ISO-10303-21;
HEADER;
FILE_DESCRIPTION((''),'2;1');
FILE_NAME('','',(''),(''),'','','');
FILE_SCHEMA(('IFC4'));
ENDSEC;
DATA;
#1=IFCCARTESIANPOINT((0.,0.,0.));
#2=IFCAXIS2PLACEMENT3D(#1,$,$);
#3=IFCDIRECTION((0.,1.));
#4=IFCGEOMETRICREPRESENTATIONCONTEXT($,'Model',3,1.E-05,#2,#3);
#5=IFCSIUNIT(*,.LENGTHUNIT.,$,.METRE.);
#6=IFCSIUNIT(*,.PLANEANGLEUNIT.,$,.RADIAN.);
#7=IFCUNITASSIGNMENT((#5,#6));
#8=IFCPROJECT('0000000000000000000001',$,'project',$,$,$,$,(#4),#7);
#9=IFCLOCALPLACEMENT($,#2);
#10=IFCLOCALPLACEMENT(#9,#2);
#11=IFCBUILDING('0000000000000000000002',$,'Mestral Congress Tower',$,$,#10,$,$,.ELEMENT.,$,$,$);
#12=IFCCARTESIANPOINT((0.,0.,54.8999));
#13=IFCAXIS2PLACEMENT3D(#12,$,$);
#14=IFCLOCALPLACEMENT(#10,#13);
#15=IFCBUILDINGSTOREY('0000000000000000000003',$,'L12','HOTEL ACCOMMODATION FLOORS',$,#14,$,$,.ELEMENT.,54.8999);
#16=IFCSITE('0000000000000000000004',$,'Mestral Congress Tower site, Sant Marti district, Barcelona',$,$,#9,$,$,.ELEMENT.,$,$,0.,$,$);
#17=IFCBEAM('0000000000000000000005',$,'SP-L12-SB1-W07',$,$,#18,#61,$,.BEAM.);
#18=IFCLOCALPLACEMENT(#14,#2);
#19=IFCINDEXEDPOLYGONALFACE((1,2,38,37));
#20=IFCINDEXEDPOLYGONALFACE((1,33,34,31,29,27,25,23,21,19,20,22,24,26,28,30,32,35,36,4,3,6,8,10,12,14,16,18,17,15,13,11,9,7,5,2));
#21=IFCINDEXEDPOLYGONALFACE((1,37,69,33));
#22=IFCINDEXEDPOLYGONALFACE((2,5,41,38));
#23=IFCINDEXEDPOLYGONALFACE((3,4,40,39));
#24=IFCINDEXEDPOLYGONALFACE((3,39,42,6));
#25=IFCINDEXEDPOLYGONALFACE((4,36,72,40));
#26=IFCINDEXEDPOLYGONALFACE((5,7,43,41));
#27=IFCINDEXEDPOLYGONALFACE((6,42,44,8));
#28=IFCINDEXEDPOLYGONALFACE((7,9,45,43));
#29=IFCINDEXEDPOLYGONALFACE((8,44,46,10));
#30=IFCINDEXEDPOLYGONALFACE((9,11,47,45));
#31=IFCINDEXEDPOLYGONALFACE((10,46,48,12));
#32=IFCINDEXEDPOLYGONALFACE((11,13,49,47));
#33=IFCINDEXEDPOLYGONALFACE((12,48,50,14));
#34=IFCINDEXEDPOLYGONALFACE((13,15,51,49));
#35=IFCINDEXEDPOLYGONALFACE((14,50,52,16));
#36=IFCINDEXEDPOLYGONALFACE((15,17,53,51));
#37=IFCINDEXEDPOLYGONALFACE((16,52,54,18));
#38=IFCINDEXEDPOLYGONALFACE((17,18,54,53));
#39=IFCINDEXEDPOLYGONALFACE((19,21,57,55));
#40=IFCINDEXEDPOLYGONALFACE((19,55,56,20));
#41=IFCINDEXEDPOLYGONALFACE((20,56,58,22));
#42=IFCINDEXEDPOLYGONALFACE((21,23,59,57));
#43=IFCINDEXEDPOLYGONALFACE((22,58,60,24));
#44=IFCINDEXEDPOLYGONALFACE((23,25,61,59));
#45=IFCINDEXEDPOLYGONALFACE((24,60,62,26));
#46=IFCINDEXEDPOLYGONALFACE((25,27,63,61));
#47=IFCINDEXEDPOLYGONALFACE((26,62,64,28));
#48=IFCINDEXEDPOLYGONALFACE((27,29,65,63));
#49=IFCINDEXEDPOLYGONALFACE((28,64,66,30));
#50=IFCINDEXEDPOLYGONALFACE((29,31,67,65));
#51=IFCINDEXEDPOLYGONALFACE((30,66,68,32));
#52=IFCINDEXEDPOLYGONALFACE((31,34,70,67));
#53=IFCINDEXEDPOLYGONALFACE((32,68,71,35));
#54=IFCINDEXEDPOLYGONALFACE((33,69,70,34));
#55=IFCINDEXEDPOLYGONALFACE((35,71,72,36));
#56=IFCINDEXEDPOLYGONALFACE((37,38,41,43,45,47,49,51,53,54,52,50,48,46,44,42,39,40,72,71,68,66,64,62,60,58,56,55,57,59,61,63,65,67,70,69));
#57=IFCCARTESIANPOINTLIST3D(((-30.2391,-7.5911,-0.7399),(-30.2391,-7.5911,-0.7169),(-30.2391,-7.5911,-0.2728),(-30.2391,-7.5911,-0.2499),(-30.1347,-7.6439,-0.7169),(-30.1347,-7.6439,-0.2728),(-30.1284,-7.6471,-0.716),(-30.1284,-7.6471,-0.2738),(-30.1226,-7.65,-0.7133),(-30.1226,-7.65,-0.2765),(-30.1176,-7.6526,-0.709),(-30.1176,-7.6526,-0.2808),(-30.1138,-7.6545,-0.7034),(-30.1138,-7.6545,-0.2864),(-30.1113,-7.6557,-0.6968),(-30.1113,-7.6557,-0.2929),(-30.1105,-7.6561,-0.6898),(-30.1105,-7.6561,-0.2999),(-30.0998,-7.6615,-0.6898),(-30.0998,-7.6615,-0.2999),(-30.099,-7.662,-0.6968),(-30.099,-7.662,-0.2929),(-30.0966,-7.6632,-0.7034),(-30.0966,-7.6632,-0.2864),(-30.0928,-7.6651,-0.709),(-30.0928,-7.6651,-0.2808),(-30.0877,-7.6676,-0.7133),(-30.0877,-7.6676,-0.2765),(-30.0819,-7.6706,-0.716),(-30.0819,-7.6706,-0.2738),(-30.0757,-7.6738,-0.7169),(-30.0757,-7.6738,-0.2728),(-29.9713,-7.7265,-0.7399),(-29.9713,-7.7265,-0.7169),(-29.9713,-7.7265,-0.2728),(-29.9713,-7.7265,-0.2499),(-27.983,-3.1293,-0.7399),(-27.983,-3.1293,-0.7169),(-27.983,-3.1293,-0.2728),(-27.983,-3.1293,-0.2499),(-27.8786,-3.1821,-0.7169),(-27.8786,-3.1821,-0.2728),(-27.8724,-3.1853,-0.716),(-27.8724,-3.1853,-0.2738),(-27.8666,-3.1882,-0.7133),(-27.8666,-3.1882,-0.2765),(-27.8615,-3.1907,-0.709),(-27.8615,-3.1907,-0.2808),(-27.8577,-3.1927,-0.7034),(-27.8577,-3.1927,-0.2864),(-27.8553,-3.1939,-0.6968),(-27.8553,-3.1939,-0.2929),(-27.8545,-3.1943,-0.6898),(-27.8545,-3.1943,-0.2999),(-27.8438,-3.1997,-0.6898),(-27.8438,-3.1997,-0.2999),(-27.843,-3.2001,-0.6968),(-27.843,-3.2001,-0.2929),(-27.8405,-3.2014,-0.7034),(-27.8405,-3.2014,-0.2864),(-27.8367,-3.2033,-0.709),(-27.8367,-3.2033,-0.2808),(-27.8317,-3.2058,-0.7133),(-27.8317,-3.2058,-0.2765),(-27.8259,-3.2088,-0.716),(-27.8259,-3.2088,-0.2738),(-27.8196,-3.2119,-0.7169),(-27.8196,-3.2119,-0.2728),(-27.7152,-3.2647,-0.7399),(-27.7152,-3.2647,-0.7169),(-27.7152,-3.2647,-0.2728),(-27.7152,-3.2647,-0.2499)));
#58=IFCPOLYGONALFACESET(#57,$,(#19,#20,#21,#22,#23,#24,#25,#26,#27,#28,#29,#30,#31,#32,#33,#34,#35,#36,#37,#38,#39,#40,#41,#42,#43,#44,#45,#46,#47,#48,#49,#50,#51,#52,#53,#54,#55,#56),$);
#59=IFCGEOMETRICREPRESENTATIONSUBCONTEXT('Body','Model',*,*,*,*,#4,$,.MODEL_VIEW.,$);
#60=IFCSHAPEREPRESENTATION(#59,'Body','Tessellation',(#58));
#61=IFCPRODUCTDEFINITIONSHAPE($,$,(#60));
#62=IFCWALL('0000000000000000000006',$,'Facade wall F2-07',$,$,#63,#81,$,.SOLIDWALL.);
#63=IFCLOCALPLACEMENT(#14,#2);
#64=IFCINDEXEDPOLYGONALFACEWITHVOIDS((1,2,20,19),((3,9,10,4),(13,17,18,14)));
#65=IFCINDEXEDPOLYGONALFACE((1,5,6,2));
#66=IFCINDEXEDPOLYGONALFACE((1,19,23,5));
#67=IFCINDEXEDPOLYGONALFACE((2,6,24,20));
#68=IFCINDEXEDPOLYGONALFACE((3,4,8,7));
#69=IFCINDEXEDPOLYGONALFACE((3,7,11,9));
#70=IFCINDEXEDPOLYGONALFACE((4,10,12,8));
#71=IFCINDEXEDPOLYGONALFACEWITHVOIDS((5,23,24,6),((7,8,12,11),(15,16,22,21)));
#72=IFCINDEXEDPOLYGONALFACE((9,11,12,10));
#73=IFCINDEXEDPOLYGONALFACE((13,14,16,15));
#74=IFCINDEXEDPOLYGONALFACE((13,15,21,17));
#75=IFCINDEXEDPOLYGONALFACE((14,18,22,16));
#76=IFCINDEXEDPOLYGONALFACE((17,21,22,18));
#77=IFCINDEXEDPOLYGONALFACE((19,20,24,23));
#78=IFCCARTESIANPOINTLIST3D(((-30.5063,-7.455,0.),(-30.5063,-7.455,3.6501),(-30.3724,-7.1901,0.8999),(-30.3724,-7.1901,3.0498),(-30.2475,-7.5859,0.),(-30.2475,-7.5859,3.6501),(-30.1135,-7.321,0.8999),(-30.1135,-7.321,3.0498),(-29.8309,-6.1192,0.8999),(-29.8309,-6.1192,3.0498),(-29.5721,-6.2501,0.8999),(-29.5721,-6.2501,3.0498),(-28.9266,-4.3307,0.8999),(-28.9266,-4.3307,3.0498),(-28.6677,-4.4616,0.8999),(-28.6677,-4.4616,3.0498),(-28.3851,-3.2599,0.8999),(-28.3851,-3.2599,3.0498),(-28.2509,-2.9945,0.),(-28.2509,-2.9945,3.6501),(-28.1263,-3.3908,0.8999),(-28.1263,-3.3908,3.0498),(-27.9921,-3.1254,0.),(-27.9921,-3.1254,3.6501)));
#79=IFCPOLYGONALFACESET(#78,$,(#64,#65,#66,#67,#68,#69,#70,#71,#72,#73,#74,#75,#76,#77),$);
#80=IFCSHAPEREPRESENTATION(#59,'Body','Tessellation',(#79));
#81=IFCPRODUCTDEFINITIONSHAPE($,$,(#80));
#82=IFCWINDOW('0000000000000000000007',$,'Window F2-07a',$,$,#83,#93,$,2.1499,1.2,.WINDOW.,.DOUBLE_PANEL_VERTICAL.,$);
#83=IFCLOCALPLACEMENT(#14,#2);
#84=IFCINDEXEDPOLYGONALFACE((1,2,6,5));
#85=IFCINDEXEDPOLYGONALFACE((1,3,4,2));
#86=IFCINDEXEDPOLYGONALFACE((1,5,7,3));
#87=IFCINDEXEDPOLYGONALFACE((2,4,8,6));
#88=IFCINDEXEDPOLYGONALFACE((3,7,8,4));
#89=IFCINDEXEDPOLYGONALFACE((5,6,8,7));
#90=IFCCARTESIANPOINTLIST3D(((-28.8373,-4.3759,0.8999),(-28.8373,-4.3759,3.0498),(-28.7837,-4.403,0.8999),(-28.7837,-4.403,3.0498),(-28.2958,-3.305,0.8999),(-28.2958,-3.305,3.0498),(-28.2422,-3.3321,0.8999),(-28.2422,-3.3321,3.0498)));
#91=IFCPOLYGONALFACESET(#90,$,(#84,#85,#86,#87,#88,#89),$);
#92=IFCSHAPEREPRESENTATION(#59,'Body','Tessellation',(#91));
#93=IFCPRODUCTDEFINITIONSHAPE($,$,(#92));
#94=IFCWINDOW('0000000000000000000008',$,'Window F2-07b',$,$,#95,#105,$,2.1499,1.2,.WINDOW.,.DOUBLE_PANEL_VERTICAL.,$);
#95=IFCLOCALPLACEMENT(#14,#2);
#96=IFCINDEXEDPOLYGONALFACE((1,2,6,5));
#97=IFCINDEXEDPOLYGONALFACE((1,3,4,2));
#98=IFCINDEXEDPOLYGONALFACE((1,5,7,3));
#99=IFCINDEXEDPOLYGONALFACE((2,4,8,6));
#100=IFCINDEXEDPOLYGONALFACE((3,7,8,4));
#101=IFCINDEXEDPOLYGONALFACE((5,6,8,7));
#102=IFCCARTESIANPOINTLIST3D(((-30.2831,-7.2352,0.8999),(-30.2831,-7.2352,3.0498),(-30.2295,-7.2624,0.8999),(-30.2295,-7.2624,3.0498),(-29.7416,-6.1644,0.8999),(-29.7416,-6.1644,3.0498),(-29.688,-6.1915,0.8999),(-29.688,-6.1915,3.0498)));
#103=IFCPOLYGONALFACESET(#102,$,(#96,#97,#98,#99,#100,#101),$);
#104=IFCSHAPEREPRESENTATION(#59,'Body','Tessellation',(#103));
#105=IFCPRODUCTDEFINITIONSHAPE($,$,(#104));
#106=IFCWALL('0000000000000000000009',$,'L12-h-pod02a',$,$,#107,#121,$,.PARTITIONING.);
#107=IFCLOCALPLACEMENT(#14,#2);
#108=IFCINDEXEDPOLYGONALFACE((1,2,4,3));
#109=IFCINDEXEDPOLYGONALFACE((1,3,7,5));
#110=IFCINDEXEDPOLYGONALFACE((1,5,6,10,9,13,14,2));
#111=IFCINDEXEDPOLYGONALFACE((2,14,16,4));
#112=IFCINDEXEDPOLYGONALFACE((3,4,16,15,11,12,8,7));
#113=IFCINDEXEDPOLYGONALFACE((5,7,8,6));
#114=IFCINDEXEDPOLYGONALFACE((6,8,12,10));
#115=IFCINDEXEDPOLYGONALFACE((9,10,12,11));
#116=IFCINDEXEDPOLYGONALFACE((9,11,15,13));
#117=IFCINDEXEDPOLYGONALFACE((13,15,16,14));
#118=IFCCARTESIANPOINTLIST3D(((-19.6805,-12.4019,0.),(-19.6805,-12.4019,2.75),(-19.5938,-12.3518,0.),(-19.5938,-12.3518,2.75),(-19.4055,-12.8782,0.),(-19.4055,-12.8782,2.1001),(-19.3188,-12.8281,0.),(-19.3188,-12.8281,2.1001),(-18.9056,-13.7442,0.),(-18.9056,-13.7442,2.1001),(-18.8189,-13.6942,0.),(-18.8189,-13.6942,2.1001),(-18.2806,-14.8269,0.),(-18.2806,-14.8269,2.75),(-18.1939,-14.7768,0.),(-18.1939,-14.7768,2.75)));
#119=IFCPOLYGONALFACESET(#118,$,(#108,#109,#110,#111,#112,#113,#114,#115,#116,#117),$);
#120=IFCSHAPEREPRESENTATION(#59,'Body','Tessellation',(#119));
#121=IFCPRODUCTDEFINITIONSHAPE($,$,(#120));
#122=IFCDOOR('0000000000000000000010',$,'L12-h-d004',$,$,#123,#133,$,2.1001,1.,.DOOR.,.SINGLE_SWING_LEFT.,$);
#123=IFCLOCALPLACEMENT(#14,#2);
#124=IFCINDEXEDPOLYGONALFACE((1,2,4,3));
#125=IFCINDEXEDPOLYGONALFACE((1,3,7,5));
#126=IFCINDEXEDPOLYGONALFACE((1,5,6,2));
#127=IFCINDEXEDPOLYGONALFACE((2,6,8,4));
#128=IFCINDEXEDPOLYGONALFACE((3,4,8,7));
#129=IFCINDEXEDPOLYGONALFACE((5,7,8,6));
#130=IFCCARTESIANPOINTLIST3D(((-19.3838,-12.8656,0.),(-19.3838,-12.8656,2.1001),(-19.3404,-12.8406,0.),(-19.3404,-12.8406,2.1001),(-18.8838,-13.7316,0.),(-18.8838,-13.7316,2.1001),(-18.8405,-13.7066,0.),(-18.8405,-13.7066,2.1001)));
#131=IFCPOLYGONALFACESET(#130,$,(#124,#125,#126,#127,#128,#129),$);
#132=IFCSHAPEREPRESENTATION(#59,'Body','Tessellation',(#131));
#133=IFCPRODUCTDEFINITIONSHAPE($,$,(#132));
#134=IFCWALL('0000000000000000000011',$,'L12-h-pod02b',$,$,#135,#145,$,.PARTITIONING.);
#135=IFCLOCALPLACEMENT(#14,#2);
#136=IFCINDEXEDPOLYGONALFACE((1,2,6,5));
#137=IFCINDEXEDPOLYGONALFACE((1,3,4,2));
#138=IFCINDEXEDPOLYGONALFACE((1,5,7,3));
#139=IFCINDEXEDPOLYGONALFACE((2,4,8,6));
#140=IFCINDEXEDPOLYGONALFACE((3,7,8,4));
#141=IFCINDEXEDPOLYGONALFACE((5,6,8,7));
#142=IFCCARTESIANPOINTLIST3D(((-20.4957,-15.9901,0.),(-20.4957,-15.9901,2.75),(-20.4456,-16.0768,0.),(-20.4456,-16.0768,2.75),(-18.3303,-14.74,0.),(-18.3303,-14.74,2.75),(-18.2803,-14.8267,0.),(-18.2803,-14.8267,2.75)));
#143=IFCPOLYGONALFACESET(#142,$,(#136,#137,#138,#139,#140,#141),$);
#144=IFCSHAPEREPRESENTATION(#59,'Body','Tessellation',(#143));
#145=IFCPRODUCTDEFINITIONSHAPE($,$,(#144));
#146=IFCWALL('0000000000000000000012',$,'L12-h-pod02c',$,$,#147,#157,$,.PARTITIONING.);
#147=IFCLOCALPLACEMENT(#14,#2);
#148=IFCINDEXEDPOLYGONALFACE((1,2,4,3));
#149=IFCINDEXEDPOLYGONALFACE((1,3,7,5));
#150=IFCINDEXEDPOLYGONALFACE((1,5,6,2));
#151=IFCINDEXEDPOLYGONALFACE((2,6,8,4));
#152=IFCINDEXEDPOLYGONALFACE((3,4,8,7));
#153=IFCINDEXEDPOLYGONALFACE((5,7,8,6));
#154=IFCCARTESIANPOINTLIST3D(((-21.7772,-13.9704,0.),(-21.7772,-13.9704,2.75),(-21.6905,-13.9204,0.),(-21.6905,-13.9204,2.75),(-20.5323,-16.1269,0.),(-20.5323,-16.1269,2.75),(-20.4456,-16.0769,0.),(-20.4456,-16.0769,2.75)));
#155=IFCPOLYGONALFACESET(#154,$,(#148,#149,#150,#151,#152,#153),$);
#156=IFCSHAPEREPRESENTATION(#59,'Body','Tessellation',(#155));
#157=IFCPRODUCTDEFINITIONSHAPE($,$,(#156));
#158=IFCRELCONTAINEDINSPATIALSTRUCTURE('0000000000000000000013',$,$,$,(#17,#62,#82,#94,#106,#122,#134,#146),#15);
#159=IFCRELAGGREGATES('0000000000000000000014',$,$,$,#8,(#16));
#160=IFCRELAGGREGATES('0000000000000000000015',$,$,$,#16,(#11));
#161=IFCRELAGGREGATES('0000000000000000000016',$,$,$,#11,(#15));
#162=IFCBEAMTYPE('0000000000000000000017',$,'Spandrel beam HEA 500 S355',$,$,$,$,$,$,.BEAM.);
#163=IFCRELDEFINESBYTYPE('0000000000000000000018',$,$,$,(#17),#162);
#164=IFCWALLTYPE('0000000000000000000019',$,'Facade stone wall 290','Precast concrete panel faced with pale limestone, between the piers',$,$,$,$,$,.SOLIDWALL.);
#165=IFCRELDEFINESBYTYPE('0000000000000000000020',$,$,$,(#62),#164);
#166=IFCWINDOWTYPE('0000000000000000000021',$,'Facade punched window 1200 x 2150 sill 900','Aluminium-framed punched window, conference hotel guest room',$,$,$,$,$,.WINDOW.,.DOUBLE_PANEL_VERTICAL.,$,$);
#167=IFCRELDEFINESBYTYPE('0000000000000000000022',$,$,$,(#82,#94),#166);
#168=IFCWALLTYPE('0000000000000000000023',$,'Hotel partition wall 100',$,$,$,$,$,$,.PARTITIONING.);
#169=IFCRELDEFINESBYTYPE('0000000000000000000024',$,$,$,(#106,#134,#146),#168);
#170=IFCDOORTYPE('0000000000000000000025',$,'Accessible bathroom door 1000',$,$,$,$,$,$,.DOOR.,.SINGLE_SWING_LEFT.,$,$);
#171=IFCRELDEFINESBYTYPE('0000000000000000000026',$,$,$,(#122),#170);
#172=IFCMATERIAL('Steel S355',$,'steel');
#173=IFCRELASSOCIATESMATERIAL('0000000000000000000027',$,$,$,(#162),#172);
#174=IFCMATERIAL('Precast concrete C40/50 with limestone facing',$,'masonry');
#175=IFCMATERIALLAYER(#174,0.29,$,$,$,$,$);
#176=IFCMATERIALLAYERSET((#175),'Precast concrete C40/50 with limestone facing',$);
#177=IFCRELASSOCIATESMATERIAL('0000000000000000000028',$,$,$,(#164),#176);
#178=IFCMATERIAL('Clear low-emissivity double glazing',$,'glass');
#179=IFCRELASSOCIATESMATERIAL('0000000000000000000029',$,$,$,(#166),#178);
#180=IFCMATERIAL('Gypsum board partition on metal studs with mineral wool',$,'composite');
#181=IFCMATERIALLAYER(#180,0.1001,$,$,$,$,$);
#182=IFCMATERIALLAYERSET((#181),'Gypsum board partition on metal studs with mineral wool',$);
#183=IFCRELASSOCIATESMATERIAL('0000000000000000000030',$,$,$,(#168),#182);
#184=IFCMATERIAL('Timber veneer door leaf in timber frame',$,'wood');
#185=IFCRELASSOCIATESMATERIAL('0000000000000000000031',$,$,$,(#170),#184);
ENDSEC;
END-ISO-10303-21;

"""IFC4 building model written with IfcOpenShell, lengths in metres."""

from ifc_helpers import new_model, si_unit, direction, frame, frame_2d, origin, origin_2d, place, context, subcontext, project, spatial, rectangle, i_section, extrude, material, layer, layer_set, material_profile, profile_set, type_object, element, fill, save


model = new_model("IFC4")

# Units and contexts
model_context = context("Model", 3, precision=1e-05, world=origin(), true_north=direction((0.0, 1.0)))
body_context = subcontext(model_context, "Body", "Model", "MODEL_VIEW")
ifc_project = project(units=[si_unit("LENGTHUNIT", "METRE"), si_unit("PLANEANGLEUNIT", "RADIAN")], contexts=[model_context])

# Site, building, storey
site_placement = place(None, origin())
site = spatial("IfcSite", under=ifc_project, at=site_placement, Name="Mestral Congress Tower site, Sant Marti district, Barcelona", CompositionType="ELEMENT", RefElevation=0.0)
building_placement = place(site_placement, origin())
building = spatial("IfcBuilding", under=site, at=building_placement, Name="Mestral Congress Tower", CompositionType="ELEMENT")
storey_placement = place(building_placement, frame((0.0, 0.0, 54.8999)))
storey = spatial("IfcBuildingStorey", under=building, at=storey_placement, Name="L12", Description="HOTEL ACCOMMODATION FLOORS", CompositionType="ELEMENT", Elevation=54.8999)

# Beam
ifc_material_1 = material(Name="Steel S355", Category="steel")
ifc_material_profile = material_profile(ifc_material_1, i_section(OverallWidth=0.3, OverallDepth=0.49, WebThickness=0.012, FlangeThickness=0.0229, FilletRadius=0.0271, at=origin_2d()), Name="HEA 500")
ifc_profile_set = profile_set([ifc_material_profile], Name="Steel S355")
beam_type = type_object("IfcBeamType", Name="Spandrel beam HEA 500 S355", PredefinedType="BEAM", material=ifc_profile_set)
beam_placement = place(storey_placement, frame((-27.8491, -3.197, -0.4949), z_axis=(-0.451233, -0.892406, 0.0), x_axis=(0.892406, -0.451233, 0.0)))
element("IfcBeam", 1, at=beam_placement, inside=storey, type_object=beam_type, Name="SP-L12-SB1-W07", PredefinedType="BEAM", context=body_context, shape_type="SweptSolid", body=[
    extrude(i_section(OverallWidth=0.3, OverallDepth=0.49, WebThickness=0.012, FlangeThickness=0.0229, FilletRadius=0.0271, at=origin_2d()), origin(), (0.0, 0.0, 1.0), 4.9998),
])

# Wall, openings, windows
ifc_material_2 = material(Name="Precast concrete C40/50 with limestone facing", Category="masonry")
ifc_layer_1 = layer(ifc_material_2, 0.29)
ifc_layer_set_1 = layer_set([ifc_layer_1], Name="Precast concrete C40/50 with limestone facing")
wall_type_1 = type_object("IfcWallType", Name="Facade stone wall 290", Description="Precast concrete panel faced with pale limestone, between the piers", PredefinedType="SOLIDWALL", material=ifc_layer_set_1)
wall_1_placement = place(storey_placement, frame((-28.1216, -3.0601, 0.0), z_axis=(0.0, 0.0, 1.0), x_axis=(-0.451234, -0.892406, 0.0)))
wall_1 = element("IfcWall", 2, at=wall_1_placement, inside=storey, type_object=wall_type_1, Name="Facade wall F2-07", PredefinedType="SOLIDWALL", context=body_context, shape_type="SweptSolid", body=[
    extrude(rectangle(XDim=4.9983, YDim=0.29, at=frame_2d((2.499, 0.0))), origin(), (0.0, 0.0, 1.0), 3.6501),
])
opening_1_placement = place(wall_1_placement, frame((0.2971, 0.0, 0.8999)))
opening_1 = element("IfcOpeningElement", 3, at=opening_1_placement, cuts=wall_1, PredefinedType="OPENING", context=body_context, shape_type="SweptSolid", body=[
    extrude(rectangle(XDim=1.2, YDim=2.1499, at=frame_2d((0.6001, 1.075))), frame((0.0, 0.155, 0.0), z_axis=(0.0, -1.0, 0.0), x_axis=(1.0, 0.0, 0.0)), (0.0, 0.0, 1.0), 0.3101),
])
opening_2_placement = place(wall_1_placement, frame((3.5012, 0.0, 0.8999)))
opening_2 = element("IfcOpeningElement", 4, at=opening_2_placement, cuts=wall_1, PredefinedType="OPENING", context=body_context, shape_type="SweptSolid", body=[
    extrude(rectangle(XDim=1.2, YDim=2.1499, at=frame_2d((0.6001, 1.075))), frame((0.0, 0.155, 0.0), z_axis=(0.0, -1.0, 0.0), x_axis=(1.0, 0.0, 0.0)), (0.0, 0.0, 1.0), 0.3101),
])
ifc_material_3 = material(Name="Clear low-emissivity double glazing", Category="glass")
window_type = type_object("IfcWindowType", Name="Facade punched window 1200 x 2150 sill 900", Description="Aluminium-framed punched window, conference hotel guest room", PartitioningType="DOUBLE_PANEL_VERTICAL", PredefinedType="WINDOW", material=ifc_material_3)
window_1_placement = place(opening_1_placement, origin())
window_1 = element("IfcWindow", 5, at=window_1_placement, inside=storey, type_object=window_type, Name="Window F2-07a", OverallHeight=2.1499, OverallWidth=1.2, PartitioningType="DOUBLE_PANEL_VERTICAL", PredefinedType="WINDOW", context=body_context, shape_type="SweptSolid", body=[
    extrude(rectangle(XDim=1.2, YDim=2.1499, at=frame_2d((0.6001, 1.075))), frame((0.0, 0.0151, 0.0), z_axis=(0.0, -1.0, 0.0), x_axis=(1.0, 0.0, 0.0)), (0.0, 0.0, 1.0), 0.0601),
])
fill(opening_1, window_1)
window_2_placement = place(opening_2_placement, origin())
window_2 = element("IfcWindow", 6, at=window_2_placement, inside=storey, type_object=window_type, Name="Window F2-07b", OverallHeight=2.1499, OverallWidth=1.2, PartitioningType="DOUBLE_PANEL_VERTICAL", PredefinedType="WINDOW", context=body_context, shape_type="SweptSolid", body=[
    extrude(rectangle(XDim=1.2, YDim=2.1499, at=frame_2d((0.6001, 1.075))), frame((0.0, 0.0151, 0.0), z_axis=(0.0, -1.0, 0.0), x_axis=(1.0, 0.0, 0.0)), (0.0, 0.0, 1.0), 0.0601),
])
fill(opening_2, window_2)

# Wall, opening, door
ifc_material_4 = material(Name="Gypsum board partition on metal studs with mineral wool", Category="composite")
ifc_layer_2 = layer(ifc_material_4, 0.1001)
ifc_layer_set_2 = layer_set([ifc_layer_2], Name="Gypsum board partition on metal studs with mineral wool")
wall_type_2 = type_object("IfcWallType", Name="Hotel partition wall 100", PredefinedType="PARTITIONING", material=ifc_layer_set_2)
wall_2_placement = place(storey_placement, frame((-18.2373, -14.8018, 0.0), z_axis=(0.0, 0.0, 1.0), x_axis=(-0.499946, 0.866056, 0.0)))
wall_2 = element("IfcWall", 7, at=wall_2_placement, inside=storey, type_object=wall_type_2, Name="L12-h-pod02a", PredefinedType="PARTITIONING", context=body_context, shape_type="SweptSolid", body=[
    extrude(rectangle(XDim=2.8, YDim=0.1001, at=frame_2d((1.3999, 0.0))), origin(), (0.0, 0.0, 1.0), 2.75),
])
opening_3_placement = place(wall_2_placement, frame((1.25, 0.0, 0.0)))
opening_3 = element("IfcOpeningElement", 8, at=opening_3_placement, cuts=wall_2, PredefinedType="OPENING", context=body_context, shape_type="SweptSolid", body=[
    extrude(rectangle(XDim=1.0, YDim=2.1001, at=frame_2d((0.5, 1.05))), frame((0.0, 0.0601, 0.0), z_axis=(0.0, -1.0, 0.0), x_axis=(1.0, 0.0, 0.0)), (0.0, 0.0, 1.0), 0.1201),
])
ifc_material_5 = material(Name="Timber veneer door leaf in timber frame", Category="wood")
door_type_1 = type_object("IfcDoorType", Name="Accessible bathroom door 1000", OperationType="SINGLE_SWING_LEFT", PredefinedType="DOOR", material=ifc_material_5)
door_1_placement = place(opening_3_placement, origin())
door_1 = element("IfcDoor", 9, at=door_1_placement, inside=storey, type_object=door_type_1, Name="L12-h-d004", OperationType="SINGLE_SWING_LEFT", OverallHeight=2.1001, OverallWidth=1.0, PredefinedType="DOOR", context=body_context, shape_type="SweptSolid", body=[
    extrude(rectangle(XDim=1.0, YDim=2.1001, at=frame_2d((0.5, 1.05))), frame((0.0, 0.0249, 0.0), z_axis=(0.0, -1.0, 0.0), x_axis=(1.0, 0.0, 0.0)), (0.0, 0.0, 1.0), 0.05),
])
fill(opening_3, door_1)

# Walls
wall_3_placement = place(storey_placement, frame((-18.3054, -14.7834, 0.0), z_axis=(0.0, 0.0, 1.0), x_axis=(-0.866047, -0.499962, 0.0)))
element("IfcWall", 10, at=wall_3_placement, inside=storey, type_object=wall_type_2, Name="L12-h-pod02b", PredefinedType="PARTITIONING", context=body_context, shape_type="SweptSolid", body=[
    extrude(rectangle(XDim=2.5002, YDim=0.1001, at=frame_2d((1.25, 0.0))), origin(), (0.0, 0.0, 1.0), 2.75),
])
wall_4_placement = place(storey_placement, frame((-21.7339, -13.9453, 0.0), z_axis=(0.0, 0.0, 1.0), x_axis=(0.499946, -0.866057, 0.0)))
element("IfcWall", 11, at=wall_4_placement, inside=storey, type_object=wall_type_2, Name="L12-h-pod02c", PredefinedType="PARTITIONING", context=body_context, shape_type="SweptSolid", body=[
    extrude(rectangle(XDim=2.49, YDim=0.1001, at=frame_2d((1.2451, 0.0))), origin(), (0.0, 0.0, 1.0), 2.75),
])

save(model, "model.ifc")
